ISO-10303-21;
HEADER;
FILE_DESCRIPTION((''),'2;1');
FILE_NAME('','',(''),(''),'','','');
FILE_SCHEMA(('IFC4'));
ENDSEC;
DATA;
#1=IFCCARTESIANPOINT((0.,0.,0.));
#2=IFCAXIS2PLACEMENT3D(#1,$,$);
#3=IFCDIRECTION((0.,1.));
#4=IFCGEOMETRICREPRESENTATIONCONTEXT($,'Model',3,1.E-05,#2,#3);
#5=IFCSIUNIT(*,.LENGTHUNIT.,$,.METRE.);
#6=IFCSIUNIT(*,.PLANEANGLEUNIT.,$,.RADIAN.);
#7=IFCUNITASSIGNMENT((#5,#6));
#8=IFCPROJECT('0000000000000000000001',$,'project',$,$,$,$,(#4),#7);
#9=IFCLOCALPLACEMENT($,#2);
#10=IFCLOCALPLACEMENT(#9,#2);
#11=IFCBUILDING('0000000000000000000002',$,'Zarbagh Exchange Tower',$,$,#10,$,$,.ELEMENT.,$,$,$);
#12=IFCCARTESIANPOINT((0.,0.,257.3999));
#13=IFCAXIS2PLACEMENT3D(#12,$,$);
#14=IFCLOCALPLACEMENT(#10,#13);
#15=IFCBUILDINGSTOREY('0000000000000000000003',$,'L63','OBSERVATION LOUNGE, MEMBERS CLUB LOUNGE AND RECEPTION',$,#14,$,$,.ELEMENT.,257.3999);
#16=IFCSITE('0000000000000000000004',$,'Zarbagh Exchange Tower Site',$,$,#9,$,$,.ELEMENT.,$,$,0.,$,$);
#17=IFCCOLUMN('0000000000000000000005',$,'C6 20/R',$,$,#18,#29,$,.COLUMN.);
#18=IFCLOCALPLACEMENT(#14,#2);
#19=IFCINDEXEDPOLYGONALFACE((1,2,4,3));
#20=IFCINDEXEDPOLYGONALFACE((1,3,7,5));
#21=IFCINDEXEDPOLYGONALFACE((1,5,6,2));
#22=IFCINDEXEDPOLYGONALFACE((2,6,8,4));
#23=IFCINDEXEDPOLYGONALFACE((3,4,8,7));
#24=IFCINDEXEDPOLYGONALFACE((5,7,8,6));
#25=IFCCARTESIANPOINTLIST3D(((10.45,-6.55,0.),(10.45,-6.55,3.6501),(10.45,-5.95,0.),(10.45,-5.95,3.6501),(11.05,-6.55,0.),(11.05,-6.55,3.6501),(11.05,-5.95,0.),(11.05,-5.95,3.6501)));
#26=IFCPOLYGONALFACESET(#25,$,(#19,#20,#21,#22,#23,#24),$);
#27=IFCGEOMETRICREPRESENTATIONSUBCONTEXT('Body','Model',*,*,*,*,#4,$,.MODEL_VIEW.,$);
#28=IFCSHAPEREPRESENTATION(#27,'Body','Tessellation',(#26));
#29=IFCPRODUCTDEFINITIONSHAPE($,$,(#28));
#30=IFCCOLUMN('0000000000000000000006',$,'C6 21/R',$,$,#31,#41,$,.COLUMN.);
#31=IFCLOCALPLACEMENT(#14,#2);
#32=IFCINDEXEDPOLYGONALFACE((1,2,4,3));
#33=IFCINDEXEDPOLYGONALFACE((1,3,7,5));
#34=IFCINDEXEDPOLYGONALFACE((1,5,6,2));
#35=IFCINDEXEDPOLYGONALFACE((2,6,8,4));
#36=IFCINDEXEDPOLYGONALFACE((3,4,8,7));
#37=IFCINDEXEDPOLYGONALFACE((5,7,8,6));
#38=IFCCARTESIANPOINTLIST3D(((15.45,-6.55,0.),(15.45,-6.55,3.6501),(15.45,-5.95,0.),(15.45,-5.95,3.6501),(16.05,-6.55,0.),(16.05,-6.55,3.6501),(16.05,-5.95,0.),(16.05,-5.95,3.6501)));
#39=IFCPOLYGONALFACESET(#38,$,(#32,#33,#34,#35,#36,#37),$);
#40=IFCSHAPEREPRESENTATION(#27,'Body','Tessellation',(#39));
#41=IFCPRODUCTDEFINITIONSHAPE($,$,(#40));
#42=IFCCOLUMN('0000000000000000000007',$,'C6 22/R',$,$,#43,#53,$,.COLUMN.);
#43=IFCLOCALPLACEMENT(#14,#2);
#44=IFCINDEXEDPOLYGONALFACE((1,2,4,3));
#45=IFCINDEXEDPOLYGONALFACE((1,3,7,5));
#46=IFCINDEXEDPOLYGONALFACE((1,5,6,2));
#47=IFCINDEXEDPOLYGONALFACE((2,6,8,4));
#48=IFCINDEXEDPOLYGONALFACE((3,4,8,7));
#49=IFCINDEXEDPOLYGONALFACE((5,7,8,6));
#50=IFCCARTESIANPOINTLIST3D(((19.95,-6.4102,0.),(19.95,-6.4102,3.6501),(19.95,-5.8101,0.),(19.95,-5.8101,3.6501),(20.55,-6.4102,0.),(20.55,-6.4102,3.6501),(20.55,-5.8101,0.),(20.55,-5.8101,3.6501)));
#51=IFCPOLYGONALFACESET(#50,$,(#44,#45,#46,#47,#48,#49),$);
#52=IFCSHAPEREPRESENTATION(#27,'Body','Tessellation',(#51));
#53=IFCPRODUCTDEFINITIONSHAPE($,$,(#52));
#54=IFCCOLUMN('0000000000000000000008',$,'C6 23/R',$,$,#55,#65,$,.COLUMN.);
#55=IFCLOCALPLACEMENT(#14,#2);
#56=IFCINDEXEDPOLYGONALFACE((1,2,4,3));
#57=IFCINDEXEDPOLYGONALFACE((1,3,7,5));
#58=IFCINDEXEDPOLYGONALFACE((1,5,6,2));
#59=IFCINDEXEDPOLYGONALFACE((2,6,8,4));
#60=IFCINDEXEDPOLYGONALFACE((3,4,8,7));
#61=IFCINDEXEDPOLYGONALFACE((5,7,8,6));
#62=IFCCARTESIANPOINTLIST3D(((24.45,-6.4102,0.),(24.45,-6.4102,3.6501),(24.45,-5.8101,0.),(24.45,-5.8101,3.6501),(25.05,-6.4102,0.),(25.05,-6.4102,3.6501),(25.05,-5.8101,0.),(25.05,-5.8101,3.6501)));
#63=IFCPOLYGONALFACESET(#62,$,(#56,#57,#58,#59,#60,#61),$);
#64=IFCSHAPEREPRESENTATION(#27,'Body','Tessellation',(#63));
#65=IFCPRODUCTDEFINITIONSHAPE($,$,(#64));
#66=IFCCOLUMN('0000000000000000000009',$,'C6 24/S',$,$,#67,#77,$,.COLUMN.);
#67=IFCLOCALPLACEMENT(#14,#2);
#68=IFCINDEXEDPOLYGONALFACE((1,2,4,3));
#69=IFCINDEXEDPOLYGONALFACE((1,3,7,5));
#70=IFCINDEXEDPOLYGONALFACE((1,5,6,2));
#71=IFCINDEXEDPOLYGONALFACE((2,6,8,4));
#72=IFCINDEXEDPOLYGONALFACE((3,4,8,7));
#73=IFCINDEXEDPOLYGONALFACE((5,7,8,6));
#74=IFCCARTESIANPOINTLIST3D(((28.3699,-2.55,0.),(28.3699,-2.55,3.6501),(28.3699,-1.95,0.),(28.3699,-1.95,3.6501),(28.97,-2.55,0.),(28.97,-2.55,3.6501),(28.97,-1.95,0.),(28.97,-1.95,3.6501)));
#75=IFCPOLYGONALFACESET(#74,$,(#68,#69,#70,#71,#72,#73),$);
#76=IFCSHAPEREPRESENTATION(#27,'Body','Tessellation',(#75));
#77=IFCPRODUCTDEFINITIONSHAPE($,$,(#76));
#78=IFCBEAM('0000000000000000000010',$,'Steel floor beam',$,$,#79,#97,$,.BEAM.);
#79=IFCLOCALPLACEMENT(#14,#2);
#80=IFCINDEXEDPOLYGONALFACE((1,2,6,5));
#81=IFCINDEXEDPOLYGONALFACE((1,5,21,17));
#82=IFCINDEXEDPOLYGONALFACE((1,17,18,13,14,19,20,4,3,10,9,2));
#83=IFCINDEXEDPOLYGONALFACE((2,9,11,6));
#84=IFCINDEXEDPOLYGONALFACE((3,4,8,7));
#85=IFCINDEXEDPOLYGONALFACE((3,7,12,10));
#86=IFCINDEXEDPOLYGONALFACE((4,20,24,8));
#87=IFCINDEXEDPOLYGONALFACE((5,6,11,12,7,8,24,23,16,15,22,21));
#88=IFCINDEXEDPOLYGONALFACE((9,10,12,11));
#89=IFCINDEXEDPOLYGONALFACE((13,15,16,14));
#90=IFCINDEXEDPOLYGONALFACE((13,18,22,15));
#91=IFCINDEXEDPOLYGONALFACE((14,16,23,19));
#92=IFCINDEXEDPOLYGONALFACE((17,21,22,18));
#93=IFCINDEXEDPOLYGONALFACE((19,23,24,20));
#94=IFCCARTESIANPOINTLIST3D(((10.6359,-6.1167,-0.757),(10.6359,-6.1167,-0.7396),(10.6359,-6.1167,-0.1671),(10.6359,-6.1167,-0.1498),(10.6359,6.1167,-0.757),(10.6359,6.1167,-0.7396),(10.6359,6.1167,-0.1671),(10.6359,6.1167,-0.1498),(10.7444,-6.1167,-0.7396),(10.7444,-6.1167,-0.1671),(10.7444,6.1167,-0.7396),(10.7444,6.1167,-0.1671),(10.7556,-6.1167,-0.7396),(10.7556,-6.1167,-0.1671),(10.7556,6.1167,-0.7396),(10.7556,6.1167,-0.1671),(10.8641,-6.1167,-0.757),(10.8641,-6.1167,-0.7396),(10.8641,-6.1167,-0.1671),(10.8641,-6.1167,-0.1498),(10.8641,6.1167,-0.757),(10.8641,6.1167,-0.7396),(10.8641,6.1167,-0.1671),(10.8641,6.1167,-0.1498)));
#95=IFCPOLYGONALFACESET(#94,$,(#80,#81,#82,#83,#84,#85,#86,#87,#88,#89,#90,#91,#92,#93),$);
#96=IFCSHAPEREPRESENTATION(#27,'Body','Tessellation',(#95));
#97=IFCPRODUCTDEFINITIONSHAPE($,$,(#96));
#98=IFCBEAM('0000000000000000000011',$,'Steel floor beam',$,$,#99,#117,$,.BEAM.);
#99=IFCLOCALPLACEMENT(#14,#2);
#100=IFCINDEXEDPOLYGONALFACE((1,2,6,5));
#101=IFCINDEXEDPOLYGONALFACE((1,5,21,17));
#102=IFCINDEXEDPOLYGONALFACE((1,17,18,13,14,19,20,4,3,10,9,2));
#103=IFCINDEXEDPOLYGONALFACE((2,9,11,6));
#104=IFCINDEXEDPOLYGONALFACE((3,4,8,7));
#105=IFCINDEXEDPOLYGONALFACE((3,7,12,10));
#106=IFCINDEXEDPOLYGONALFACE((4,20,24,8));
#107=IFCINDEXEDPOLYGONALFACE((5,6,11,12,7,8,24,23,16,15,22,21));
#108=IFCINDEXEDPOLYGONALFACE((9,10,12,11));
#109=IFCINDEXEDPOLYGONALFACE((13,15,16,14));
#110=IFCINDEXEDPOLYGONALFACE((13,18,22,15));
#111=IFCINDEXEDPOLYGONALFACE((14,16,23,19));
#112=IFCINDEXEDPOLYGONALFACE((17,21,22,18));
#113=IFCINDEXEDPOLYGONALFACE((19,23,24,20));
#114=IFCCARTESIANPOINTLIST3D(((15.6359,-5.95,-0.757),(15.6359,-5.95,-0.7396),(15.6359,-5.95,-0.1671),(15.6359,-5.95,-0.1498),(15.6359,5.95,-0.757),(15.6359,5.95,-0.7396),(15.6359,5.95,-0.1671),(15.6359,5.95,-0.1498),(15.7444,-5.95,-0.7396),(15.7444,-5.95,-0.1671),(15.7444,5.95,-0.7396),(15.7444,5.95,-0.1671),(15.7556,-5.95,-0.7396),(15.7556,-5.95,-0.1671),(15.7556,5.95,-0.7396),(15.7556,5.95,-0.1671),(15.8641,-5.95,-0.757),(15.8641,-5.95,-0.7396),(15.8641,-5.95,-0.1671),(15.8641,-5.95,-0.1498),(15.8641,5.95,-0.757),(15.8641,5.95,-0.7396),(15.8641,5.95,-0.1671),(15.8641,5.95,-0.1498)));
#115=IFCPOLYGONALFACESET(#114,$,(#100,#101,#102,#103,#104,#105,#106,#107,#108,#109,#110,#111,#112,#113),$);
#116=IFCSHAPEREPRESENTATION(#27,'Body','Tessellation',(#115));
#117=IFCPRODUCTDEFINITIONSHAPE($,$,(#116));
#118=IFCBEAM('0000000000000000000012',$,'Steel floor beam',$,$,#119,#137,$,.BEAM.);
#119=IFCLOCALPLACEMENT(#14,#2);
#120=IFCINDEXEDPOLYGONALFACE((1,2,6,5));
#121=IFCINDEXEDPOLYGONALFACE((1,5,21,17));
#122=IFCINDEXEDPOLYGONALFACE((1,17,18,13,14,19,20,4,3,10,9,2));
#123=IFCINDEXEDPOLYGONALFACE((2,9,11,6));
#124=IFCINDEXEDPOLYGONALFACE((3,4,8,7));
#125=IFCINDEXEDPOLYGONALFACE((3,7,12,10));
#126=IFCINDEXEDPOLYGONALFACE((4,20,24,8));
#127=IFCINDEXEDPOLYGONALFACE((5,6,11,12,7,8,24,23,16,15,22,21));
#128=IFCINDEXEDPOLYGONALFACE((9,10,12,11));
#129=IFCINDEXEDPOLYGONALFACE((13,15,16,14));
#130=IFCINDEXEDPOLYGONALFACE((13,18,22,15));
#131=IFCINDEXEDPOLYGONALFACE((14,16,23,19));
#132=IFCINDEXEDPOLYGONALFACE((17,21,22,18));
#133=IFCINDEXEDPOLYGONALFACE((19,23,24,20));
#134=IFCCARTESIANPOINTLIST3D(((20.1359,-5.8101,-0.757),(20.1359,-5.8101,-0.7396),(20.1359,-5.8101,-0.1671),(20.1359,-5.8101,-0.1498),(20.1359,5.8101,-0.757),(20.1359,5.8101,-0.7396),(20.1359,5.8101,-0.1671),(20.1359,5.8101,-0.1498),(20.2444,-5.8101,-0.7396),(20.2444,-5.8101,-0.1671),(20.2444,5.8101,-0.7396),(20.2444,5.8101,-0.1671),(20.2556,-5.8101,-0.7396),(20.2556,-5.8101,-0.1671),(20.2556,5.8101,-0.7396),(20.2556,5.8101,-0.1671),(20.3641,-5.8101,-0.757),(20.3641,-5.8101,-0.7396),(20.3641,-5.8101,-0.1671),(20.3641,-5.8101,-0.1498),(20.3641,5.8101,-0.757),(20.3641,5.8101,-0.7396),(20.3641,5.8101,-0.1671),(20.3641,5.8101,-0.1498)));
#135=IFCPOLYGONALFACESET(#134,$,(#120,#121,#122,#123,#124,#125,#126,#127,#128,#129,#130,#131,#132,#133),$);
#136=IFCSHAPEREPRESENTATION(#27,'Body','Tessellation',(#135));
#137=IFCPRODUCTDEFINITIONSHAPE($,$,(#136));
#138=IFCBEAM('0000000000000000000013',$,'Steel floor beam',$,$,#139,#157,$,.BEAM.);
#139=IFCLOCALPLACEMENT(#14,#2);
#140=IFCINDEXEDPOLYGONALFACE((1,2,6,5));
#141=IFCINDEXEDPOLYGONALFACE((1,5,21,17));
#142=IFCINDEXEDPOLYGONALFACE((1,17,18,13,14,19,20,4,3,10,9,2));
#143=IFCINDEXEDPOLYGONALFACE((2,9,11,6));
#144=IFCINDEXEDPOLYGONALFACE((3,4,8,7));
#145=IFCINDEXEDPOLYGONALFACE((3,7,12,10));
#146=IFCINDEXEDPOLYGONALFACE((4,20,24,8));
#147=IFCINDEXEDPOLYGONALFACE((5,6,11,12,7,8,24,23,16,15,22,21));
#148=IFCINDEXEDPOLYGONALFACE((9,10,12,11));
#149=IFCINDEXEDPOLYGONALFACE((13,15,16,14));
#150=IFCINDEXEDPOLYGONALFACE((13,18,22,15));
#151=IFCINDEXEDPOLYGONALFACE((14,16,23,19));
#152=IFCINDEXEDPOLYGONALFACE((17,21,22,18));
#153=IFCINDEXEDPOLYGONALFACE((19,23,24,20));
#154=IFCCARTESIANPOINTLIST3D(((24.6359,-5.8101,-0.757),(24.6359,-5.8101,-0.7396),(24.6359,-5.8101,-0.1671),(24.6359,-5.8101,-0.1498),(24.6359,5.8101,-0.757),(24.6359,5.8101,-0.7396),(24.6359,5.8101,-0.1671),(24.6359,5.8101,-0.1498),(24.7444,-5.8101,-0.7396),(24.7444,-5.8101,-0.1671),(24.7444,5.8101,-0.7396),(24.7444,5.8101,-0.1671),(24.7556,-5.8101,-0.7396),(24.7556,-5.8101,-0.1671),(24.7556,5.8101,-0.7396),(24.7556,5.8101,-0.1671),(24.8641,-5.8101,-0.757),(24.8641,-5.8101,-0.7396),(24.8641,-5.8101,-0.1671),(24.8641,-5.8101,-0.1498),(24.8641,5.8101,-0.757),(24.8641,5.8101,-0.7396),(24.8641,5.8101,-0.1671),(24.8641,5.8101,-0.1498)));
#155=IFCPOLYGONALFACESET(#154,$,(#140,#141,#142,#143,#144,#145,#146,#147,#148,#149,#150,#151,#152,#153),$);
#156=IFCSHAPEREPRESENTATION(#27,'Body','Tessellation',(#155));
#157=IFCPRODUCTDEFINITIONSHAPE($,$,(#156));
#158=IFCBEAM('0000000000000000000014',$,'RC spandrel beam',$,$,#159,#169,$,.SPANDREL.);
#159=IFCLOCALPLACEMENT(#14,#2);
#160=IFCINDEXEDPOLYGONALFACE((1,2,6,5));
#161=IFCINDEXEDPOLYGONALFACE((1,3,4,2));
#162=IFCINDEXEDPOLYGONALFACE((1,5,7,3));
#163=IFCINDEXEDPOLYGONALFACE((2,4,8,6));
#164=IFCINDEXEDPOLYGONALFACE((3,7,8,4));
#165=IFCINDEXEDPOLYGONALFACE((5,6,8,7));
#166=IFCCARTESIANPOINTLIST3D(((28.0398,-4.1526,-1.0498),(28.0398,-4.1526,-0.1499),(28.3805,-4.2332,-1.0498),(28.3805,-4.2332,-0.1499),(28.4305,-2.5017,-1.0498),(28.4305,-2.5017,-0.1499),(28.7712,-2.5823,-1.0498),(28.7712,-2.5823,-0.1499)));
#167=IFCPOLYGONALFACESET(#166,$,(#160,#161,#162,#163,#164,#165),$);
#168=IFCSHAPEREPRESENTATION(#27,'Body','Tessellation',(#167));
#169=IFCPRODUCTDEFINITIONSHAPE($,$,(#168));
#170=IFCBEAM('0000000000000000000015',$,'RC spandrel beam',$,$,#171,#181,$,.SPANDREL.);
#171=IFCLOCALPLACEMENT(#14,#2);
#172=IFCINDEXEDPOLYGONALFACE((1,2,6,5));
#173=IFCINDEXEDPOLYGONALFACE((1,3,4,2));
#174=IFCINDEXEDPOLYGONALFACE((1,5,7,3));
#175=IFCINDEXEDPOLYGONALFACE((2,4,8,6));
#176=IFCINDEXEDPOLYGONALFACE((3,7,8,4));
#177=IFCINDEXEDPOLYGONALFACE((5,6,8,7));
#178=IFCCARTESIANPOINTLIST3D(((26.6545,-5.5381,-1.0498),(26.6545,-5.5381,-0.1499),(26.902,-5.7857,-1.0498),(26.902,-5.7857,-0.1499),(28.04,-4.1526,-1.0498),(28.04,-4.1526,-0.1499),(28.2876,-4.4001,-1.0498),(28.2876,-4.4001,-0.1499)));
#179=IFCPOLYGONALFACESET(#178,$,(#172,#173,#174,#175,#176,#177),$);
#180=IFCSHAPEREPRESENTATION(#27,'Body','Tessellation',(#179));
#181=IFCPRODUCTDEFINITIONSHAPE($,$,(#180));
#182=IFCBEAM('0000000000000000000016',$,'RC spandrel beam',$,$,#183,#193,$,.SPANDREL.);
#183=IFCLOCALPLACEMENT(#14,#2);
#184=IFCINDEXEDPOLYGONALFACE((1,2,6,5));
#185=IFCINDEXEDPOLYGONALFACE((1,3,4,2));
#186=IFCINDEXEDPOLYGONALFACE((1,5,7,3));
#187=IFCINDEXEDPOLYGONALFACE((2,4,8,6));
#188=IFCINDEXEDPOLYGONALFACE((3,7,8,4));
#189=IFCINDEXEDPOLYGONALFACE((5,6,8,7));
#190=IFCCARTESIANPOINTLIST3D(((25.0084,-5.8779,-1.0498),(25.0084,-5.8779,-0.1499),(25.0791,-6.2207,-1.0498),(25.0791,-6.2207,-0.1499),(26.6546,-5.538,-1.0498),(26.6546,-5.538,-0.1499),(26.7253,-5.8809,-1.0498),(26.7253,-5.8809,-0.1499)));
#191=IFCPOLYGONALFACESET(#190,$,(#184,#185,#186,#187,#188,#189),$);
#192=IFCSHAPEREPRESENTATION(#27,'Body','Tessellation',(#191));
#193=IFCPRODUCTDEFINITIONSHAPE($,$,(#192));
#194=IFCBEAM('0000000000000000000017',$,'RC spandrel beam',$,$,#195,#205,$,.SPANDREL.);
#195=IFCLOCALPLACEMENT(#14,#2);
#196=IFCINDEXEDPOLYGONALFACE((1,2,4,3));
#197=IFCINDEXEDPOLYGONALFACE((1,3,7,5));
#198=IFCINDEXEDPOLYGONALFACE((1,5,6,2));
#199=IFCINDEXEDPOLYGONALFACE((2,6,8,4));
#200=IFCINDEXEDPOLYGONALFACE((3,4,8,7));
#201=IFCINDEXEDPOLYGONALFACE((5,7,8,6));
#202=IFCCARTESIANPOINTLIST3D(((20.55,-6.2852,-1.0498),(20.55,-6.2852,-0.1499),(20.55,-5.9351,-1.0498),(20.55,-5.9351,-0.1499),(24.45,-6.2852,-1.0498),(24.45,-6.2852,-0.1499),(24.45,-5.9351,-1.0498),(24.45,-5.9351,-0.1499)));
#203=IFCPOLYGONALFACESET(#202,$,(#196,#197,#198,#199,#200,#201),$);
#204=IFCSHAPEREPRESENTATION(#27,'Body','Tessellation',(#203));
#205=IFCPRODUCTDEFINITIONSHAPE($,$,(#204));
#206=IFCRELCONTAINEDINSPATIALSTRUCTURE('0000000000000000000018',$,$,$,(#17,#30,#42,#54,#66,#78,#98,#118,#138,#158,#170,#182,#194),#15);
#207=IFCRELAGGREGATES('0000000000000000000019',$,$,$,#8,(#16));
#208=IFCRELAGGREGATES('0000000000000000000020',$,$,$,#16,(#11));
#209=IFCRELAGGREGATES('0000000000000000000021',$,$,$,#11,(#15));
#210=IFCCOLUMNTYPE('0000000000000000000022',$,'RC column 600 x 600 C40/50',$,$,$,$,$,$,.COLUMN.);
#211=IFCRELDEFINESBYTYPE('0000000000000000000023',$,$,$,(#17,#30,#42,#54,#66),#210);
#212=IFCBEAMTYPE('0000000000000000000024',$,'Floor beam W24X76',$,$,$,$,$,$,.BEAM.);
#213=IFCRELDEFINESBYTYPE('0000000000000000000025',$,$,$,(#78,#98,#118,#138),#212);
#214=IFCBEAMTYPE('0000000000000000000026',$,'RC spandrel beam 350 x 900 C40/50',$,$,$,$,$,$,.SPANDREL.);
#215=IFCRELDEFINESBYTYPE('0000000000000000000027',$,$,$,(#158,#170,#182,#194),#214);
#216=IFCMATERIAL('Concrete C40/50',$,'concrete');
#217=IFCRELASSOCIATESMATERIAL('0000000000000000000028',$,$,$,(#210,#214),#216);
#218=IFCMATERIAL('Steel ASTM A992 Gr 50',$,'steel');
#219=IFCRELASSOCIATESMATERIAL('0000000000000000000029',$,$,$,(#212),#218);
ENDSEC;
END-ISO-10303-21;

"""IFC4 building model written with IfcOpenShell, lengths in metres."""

from ifc_helpers import new_model, si_unit, direction, frame, origin, origin_2d, place, context, subcontext, project, spatial, rectangle, i_section, extrude, material, material_profile, profile_set, type_object, element, save


model = new_model("IFC4")

# Units and contexts
model_context = context("Model", 3, precision=1e-05, world=origin(), true_north=direction((0.0, 1.0)))
body_context = subcontext(model_context, "Body", "Model", "MODEL_VIEW")
ifc_project = project(units=[si_unit("LENGTHUNIT", "METRE"), si_unit("PLANEANGLEUNIT", "RADIAN")], contexts=[model_context])

# Site, building, storey
site_placement = place(None, origin())
site = spatial("IfcSite", under=ifc_project, at=site_placement, Name="Zarbagh Exchange Tower Site", CompositionType="ELEMENT", RefElevation=0.0)
building_placement = place(site_placement, origin())
building = spatial("IfcBuilding", under=site, at=building_placement, Name="Zarbagh Exchange Tower", CompositionType="ELEMENT")
storey_placement = place(building_placement, frame((0.0, 0.0, 257.3999)))
storey = spatial("IfcBuildingStorey", under=building, at=storey_placement, Name="L63", Description="OBSERVATION LOUNGE, MEMBERS CLUB LOUNGE AND RECEPTION", CompositionType="ELEMENT", Elevation=257.3999)

# Columns
ifc_material_1 = material(Name="Concrete C40/50", Category="concrete")
ifc_material_profile_1 = material_profile(ifc_material_1, rectangle(XDim=0.6001, YDim=0.6001, at=origin_2d()), Name="RC column 600 x 600 C40/50")
ifc_profile_set_1 = profile_set([ifc_material_profile_1], Name="Concrete C40/50")
column_type = type_object("IfcColumnType", Name="RC column 600 x 600 C40/50", PredefinedType="COLUMN", material=ifc_profile_set_1)
for number, where, z_axis, x_axis, name in (
    (1, (10.75, -6.25, 0.0), (0.0, 0.0, 1.0), (1.0, 0.0, 0.0), "C6 20/R"),
    (2, (15.75, -6.25, 0.0), (0.0, 0.0, 1.0), (1.0, 0.0, 0.0), "C6 21/R"),
    (3, (20.25, -6.1101, 0.0), (0.0, 0.0, 1.0), (1.0, 0.0, 0.0), "C6 22/R"),
    (4, (24.75, -6.1101, 0.0), (0.0, 0.0, 1.0), (1.0, 0.0, 0.0), "C6 23/R"),
    (5, (28.6699, -2.25, 0.0), (0.0, 0.0, 1.0), (1.0, 0.0, 0.0), "C6 24/S"),
):
    element("IfcColumn", number, at=place(storey_placement, frame(where, z_axis=z_axis, x_axis=x_axis)), inside=storey, type_object=column_type, Name=name, PredefinedType="COLUMN", context=body_context, shape_type="SweptSolid", body=[
        extrude(rectangle(XDim=0.6001, YDim=0.6001, at=origin_2d()), origin(), (0.0, 0.0, 1.0), 3.6501),
    ])

# Beams
ifc_material_2 = material(Name="Steel ASTM A992 Gr 50", Category="steel")
ifc_material_profile_2 = material_profile(ifc_material_2, i_section(OverallWidth=0.2283, OverallDepth=0.6072, WebThickness=0.0112, FlangeThickness=0.0173, at=origin_2d()), Name="W24X76")
ifc_profile_set_2 = profile_set([ifc_material_profile_2], Name="Steel ASTM A992 Gr 50")
beam_type_1 = type_object("IfcBeamType", Name="Floor beam W24X76", PredefinedType="BEAM", material=ifc_profile_set_2)
beam_1_placement = place(storey_placement, frame((10.75, -6.1167, -0.4534), z_axis=(0.0, 1.0, 0.0), x_axis=(-1.0, 0.0, 0.0)))
element("IfcBeam", 6, at=beam_1_placement, inside=storey, type_object=beam_type_1, Name="Steel floor beam", PredefinedType="BEAM", context=body_context, shape_type="SweptSolid", body=[
    extrude(i_section(OverallWidth=0.2283, OverallDepth=0.6072, WebThickness=0.0112, FlangeThickness=0.0173, at=origin_2d()), origin(), (0.0, 0.0, 1.0), 12.2334),
])
beam_2_placement = place(storey_placement, frame((15.75, -5.95, -0.4534), z_axis=(0.0, 1.0, 0.0), x_axis=(-1.0, 0.0, 0.0)))
element("IfcBeam", 7, at=beam_2_placement, inside=storey, type_object=beam_type_1, Name="Steel floor beam", PredefinedType="BEAM", context=body_context, shape_type="SweptSolid", body=[
    extrude(i_section(OverallWidth=0.2283, OverallDepth=0.6072, WebThickness=0.0112, FlangeThickness=0.0173, at=origin_2d()), origin(), (0.0, 0.0, 1.0), 11.8999),
])
for number, where, z_axis, x_axis, name in (
    (8, (20.25, -5.8101, -0.4534), (0.0, 1.0, 0.0), (-1.0, 0.0, 0.0), "Steel floor beam"),
    (9, (24.75, -5.8101, -0.4534), (0.0, 1.0, 0.0), (-1.0, 0.0, 0.0), "Steel floor beam"),
):
    element("IfcBeam", number, at=place(storey_placement, frame(where, z_axis=z_axis, x_axis=x_axis)), inside=storey, type_object=beam_type_1, Name=name, PredefinedType="BEAM", context=body_context, shape_type="SweptSolid", body=[
        extrude(i_section(OverallWidth=0.2283, OverallDepth=0.6072, WebThickness=0.0112, FlangeThickness=0.0173, at=origin_2d()), origin(), (0.0, 0.0, 1.0), 11.6201),
    ])
ifc_material_profile_3 = material_profile(ifc_material_1, rectangle(XDim=0.3501, YDim=0.8999, at=origin_2d()), Name="RC spandrel beam 350 x 900 C40/50")
ifc_profile_set_3 = profile_set([ifc_material_profile_3], Name="Concrete C40/50")
beam_type_2 = type_object("IfcBeamType", Name="RC spandrel beam 350 x 900 C40/50", PredefinedType="SPANDREL", material=ifc_profile_set_3)
beam_3_placement = place(storey_placement, frame((28.6008, -2.542, -0.5999), z_axis=(-0.230258, -0.97313, 0.0), x_axis=(0.97313, -0.230258, 0.0)))
element("IfcBeam", 10, at=beam_3_placement, inside=storey, type_object=beam_type_2, Name="RC spandrel beam", PredefinedType="SPANDREL", context=body_context, shape_type="SweptSolid", body=[
    extrude(rectangle(XDim=0.3501, YDim=0.8999, at=origin_2d()), origin(), (0.0, 0.0, 1.0), 1.6965),
])
beam_4_placement = place(storey_placement, frame((28.1638, -4.2764, -0.5999), z_axis=(-0.707107, -0.707107, 0.0), x_axis=(0.707107, -0.707107, 0.0)))
element("IfcBeam", 11, at=beam_4_placement, inside=storey, type_object=beam_type_2, Name="RC spandrel beam", PredefinedType="SPANDREL", context=body_context, shape_type="SweptSolid", body=[
    extrude(rectangle(XDim=0.3501, YDim=0.8999, at=origin_2d()), origin(), (0.0, 0.0, 1.0), 1.9595),
])
beam_5_placement = place(storey_placement, frame((26.6899, -5.7095, -0.5999), z_axis=(-0.97935, -0.202173, 0.0), x_axis=(0.202173, -0.97935, 0.0)))
element("IfcBeam", 12, at=beam_5_placement, inside=storey, type_object=beam_type_2, Name="RC spandrel beam", PredefinedType="SPANDREL", context=body_context, shape_type="SweptSolid", body=[
    extrude(rectangle(XDim=0.3501, YDim=0.8999, at=origin_2d()), origin(), (0.0, 0.0, 1.0), 1.6809),
])
beam_6_placement = place(storey_placement, frame((24.45, -6.1101, -0.5999), z_axis=(-1.0, 0.0, 0.0), x_axis=(0.0, -1.0, 0.0)))
element("IfcBeam", 13, at=beam_6_placement, inside=storey, type_object=beam_type_2, Name="RC spandrel beam", PredefinedType="SPANDREL", context=body_context, shape_type="SweptSolid", body=[
    extrude(rectangle(XDim=0.3501, YDim=0.8999, at=origin_2d()), origin(), (0.0, 0.0, 1.0), 3.8999),
])

save(model, "model.ifc")
